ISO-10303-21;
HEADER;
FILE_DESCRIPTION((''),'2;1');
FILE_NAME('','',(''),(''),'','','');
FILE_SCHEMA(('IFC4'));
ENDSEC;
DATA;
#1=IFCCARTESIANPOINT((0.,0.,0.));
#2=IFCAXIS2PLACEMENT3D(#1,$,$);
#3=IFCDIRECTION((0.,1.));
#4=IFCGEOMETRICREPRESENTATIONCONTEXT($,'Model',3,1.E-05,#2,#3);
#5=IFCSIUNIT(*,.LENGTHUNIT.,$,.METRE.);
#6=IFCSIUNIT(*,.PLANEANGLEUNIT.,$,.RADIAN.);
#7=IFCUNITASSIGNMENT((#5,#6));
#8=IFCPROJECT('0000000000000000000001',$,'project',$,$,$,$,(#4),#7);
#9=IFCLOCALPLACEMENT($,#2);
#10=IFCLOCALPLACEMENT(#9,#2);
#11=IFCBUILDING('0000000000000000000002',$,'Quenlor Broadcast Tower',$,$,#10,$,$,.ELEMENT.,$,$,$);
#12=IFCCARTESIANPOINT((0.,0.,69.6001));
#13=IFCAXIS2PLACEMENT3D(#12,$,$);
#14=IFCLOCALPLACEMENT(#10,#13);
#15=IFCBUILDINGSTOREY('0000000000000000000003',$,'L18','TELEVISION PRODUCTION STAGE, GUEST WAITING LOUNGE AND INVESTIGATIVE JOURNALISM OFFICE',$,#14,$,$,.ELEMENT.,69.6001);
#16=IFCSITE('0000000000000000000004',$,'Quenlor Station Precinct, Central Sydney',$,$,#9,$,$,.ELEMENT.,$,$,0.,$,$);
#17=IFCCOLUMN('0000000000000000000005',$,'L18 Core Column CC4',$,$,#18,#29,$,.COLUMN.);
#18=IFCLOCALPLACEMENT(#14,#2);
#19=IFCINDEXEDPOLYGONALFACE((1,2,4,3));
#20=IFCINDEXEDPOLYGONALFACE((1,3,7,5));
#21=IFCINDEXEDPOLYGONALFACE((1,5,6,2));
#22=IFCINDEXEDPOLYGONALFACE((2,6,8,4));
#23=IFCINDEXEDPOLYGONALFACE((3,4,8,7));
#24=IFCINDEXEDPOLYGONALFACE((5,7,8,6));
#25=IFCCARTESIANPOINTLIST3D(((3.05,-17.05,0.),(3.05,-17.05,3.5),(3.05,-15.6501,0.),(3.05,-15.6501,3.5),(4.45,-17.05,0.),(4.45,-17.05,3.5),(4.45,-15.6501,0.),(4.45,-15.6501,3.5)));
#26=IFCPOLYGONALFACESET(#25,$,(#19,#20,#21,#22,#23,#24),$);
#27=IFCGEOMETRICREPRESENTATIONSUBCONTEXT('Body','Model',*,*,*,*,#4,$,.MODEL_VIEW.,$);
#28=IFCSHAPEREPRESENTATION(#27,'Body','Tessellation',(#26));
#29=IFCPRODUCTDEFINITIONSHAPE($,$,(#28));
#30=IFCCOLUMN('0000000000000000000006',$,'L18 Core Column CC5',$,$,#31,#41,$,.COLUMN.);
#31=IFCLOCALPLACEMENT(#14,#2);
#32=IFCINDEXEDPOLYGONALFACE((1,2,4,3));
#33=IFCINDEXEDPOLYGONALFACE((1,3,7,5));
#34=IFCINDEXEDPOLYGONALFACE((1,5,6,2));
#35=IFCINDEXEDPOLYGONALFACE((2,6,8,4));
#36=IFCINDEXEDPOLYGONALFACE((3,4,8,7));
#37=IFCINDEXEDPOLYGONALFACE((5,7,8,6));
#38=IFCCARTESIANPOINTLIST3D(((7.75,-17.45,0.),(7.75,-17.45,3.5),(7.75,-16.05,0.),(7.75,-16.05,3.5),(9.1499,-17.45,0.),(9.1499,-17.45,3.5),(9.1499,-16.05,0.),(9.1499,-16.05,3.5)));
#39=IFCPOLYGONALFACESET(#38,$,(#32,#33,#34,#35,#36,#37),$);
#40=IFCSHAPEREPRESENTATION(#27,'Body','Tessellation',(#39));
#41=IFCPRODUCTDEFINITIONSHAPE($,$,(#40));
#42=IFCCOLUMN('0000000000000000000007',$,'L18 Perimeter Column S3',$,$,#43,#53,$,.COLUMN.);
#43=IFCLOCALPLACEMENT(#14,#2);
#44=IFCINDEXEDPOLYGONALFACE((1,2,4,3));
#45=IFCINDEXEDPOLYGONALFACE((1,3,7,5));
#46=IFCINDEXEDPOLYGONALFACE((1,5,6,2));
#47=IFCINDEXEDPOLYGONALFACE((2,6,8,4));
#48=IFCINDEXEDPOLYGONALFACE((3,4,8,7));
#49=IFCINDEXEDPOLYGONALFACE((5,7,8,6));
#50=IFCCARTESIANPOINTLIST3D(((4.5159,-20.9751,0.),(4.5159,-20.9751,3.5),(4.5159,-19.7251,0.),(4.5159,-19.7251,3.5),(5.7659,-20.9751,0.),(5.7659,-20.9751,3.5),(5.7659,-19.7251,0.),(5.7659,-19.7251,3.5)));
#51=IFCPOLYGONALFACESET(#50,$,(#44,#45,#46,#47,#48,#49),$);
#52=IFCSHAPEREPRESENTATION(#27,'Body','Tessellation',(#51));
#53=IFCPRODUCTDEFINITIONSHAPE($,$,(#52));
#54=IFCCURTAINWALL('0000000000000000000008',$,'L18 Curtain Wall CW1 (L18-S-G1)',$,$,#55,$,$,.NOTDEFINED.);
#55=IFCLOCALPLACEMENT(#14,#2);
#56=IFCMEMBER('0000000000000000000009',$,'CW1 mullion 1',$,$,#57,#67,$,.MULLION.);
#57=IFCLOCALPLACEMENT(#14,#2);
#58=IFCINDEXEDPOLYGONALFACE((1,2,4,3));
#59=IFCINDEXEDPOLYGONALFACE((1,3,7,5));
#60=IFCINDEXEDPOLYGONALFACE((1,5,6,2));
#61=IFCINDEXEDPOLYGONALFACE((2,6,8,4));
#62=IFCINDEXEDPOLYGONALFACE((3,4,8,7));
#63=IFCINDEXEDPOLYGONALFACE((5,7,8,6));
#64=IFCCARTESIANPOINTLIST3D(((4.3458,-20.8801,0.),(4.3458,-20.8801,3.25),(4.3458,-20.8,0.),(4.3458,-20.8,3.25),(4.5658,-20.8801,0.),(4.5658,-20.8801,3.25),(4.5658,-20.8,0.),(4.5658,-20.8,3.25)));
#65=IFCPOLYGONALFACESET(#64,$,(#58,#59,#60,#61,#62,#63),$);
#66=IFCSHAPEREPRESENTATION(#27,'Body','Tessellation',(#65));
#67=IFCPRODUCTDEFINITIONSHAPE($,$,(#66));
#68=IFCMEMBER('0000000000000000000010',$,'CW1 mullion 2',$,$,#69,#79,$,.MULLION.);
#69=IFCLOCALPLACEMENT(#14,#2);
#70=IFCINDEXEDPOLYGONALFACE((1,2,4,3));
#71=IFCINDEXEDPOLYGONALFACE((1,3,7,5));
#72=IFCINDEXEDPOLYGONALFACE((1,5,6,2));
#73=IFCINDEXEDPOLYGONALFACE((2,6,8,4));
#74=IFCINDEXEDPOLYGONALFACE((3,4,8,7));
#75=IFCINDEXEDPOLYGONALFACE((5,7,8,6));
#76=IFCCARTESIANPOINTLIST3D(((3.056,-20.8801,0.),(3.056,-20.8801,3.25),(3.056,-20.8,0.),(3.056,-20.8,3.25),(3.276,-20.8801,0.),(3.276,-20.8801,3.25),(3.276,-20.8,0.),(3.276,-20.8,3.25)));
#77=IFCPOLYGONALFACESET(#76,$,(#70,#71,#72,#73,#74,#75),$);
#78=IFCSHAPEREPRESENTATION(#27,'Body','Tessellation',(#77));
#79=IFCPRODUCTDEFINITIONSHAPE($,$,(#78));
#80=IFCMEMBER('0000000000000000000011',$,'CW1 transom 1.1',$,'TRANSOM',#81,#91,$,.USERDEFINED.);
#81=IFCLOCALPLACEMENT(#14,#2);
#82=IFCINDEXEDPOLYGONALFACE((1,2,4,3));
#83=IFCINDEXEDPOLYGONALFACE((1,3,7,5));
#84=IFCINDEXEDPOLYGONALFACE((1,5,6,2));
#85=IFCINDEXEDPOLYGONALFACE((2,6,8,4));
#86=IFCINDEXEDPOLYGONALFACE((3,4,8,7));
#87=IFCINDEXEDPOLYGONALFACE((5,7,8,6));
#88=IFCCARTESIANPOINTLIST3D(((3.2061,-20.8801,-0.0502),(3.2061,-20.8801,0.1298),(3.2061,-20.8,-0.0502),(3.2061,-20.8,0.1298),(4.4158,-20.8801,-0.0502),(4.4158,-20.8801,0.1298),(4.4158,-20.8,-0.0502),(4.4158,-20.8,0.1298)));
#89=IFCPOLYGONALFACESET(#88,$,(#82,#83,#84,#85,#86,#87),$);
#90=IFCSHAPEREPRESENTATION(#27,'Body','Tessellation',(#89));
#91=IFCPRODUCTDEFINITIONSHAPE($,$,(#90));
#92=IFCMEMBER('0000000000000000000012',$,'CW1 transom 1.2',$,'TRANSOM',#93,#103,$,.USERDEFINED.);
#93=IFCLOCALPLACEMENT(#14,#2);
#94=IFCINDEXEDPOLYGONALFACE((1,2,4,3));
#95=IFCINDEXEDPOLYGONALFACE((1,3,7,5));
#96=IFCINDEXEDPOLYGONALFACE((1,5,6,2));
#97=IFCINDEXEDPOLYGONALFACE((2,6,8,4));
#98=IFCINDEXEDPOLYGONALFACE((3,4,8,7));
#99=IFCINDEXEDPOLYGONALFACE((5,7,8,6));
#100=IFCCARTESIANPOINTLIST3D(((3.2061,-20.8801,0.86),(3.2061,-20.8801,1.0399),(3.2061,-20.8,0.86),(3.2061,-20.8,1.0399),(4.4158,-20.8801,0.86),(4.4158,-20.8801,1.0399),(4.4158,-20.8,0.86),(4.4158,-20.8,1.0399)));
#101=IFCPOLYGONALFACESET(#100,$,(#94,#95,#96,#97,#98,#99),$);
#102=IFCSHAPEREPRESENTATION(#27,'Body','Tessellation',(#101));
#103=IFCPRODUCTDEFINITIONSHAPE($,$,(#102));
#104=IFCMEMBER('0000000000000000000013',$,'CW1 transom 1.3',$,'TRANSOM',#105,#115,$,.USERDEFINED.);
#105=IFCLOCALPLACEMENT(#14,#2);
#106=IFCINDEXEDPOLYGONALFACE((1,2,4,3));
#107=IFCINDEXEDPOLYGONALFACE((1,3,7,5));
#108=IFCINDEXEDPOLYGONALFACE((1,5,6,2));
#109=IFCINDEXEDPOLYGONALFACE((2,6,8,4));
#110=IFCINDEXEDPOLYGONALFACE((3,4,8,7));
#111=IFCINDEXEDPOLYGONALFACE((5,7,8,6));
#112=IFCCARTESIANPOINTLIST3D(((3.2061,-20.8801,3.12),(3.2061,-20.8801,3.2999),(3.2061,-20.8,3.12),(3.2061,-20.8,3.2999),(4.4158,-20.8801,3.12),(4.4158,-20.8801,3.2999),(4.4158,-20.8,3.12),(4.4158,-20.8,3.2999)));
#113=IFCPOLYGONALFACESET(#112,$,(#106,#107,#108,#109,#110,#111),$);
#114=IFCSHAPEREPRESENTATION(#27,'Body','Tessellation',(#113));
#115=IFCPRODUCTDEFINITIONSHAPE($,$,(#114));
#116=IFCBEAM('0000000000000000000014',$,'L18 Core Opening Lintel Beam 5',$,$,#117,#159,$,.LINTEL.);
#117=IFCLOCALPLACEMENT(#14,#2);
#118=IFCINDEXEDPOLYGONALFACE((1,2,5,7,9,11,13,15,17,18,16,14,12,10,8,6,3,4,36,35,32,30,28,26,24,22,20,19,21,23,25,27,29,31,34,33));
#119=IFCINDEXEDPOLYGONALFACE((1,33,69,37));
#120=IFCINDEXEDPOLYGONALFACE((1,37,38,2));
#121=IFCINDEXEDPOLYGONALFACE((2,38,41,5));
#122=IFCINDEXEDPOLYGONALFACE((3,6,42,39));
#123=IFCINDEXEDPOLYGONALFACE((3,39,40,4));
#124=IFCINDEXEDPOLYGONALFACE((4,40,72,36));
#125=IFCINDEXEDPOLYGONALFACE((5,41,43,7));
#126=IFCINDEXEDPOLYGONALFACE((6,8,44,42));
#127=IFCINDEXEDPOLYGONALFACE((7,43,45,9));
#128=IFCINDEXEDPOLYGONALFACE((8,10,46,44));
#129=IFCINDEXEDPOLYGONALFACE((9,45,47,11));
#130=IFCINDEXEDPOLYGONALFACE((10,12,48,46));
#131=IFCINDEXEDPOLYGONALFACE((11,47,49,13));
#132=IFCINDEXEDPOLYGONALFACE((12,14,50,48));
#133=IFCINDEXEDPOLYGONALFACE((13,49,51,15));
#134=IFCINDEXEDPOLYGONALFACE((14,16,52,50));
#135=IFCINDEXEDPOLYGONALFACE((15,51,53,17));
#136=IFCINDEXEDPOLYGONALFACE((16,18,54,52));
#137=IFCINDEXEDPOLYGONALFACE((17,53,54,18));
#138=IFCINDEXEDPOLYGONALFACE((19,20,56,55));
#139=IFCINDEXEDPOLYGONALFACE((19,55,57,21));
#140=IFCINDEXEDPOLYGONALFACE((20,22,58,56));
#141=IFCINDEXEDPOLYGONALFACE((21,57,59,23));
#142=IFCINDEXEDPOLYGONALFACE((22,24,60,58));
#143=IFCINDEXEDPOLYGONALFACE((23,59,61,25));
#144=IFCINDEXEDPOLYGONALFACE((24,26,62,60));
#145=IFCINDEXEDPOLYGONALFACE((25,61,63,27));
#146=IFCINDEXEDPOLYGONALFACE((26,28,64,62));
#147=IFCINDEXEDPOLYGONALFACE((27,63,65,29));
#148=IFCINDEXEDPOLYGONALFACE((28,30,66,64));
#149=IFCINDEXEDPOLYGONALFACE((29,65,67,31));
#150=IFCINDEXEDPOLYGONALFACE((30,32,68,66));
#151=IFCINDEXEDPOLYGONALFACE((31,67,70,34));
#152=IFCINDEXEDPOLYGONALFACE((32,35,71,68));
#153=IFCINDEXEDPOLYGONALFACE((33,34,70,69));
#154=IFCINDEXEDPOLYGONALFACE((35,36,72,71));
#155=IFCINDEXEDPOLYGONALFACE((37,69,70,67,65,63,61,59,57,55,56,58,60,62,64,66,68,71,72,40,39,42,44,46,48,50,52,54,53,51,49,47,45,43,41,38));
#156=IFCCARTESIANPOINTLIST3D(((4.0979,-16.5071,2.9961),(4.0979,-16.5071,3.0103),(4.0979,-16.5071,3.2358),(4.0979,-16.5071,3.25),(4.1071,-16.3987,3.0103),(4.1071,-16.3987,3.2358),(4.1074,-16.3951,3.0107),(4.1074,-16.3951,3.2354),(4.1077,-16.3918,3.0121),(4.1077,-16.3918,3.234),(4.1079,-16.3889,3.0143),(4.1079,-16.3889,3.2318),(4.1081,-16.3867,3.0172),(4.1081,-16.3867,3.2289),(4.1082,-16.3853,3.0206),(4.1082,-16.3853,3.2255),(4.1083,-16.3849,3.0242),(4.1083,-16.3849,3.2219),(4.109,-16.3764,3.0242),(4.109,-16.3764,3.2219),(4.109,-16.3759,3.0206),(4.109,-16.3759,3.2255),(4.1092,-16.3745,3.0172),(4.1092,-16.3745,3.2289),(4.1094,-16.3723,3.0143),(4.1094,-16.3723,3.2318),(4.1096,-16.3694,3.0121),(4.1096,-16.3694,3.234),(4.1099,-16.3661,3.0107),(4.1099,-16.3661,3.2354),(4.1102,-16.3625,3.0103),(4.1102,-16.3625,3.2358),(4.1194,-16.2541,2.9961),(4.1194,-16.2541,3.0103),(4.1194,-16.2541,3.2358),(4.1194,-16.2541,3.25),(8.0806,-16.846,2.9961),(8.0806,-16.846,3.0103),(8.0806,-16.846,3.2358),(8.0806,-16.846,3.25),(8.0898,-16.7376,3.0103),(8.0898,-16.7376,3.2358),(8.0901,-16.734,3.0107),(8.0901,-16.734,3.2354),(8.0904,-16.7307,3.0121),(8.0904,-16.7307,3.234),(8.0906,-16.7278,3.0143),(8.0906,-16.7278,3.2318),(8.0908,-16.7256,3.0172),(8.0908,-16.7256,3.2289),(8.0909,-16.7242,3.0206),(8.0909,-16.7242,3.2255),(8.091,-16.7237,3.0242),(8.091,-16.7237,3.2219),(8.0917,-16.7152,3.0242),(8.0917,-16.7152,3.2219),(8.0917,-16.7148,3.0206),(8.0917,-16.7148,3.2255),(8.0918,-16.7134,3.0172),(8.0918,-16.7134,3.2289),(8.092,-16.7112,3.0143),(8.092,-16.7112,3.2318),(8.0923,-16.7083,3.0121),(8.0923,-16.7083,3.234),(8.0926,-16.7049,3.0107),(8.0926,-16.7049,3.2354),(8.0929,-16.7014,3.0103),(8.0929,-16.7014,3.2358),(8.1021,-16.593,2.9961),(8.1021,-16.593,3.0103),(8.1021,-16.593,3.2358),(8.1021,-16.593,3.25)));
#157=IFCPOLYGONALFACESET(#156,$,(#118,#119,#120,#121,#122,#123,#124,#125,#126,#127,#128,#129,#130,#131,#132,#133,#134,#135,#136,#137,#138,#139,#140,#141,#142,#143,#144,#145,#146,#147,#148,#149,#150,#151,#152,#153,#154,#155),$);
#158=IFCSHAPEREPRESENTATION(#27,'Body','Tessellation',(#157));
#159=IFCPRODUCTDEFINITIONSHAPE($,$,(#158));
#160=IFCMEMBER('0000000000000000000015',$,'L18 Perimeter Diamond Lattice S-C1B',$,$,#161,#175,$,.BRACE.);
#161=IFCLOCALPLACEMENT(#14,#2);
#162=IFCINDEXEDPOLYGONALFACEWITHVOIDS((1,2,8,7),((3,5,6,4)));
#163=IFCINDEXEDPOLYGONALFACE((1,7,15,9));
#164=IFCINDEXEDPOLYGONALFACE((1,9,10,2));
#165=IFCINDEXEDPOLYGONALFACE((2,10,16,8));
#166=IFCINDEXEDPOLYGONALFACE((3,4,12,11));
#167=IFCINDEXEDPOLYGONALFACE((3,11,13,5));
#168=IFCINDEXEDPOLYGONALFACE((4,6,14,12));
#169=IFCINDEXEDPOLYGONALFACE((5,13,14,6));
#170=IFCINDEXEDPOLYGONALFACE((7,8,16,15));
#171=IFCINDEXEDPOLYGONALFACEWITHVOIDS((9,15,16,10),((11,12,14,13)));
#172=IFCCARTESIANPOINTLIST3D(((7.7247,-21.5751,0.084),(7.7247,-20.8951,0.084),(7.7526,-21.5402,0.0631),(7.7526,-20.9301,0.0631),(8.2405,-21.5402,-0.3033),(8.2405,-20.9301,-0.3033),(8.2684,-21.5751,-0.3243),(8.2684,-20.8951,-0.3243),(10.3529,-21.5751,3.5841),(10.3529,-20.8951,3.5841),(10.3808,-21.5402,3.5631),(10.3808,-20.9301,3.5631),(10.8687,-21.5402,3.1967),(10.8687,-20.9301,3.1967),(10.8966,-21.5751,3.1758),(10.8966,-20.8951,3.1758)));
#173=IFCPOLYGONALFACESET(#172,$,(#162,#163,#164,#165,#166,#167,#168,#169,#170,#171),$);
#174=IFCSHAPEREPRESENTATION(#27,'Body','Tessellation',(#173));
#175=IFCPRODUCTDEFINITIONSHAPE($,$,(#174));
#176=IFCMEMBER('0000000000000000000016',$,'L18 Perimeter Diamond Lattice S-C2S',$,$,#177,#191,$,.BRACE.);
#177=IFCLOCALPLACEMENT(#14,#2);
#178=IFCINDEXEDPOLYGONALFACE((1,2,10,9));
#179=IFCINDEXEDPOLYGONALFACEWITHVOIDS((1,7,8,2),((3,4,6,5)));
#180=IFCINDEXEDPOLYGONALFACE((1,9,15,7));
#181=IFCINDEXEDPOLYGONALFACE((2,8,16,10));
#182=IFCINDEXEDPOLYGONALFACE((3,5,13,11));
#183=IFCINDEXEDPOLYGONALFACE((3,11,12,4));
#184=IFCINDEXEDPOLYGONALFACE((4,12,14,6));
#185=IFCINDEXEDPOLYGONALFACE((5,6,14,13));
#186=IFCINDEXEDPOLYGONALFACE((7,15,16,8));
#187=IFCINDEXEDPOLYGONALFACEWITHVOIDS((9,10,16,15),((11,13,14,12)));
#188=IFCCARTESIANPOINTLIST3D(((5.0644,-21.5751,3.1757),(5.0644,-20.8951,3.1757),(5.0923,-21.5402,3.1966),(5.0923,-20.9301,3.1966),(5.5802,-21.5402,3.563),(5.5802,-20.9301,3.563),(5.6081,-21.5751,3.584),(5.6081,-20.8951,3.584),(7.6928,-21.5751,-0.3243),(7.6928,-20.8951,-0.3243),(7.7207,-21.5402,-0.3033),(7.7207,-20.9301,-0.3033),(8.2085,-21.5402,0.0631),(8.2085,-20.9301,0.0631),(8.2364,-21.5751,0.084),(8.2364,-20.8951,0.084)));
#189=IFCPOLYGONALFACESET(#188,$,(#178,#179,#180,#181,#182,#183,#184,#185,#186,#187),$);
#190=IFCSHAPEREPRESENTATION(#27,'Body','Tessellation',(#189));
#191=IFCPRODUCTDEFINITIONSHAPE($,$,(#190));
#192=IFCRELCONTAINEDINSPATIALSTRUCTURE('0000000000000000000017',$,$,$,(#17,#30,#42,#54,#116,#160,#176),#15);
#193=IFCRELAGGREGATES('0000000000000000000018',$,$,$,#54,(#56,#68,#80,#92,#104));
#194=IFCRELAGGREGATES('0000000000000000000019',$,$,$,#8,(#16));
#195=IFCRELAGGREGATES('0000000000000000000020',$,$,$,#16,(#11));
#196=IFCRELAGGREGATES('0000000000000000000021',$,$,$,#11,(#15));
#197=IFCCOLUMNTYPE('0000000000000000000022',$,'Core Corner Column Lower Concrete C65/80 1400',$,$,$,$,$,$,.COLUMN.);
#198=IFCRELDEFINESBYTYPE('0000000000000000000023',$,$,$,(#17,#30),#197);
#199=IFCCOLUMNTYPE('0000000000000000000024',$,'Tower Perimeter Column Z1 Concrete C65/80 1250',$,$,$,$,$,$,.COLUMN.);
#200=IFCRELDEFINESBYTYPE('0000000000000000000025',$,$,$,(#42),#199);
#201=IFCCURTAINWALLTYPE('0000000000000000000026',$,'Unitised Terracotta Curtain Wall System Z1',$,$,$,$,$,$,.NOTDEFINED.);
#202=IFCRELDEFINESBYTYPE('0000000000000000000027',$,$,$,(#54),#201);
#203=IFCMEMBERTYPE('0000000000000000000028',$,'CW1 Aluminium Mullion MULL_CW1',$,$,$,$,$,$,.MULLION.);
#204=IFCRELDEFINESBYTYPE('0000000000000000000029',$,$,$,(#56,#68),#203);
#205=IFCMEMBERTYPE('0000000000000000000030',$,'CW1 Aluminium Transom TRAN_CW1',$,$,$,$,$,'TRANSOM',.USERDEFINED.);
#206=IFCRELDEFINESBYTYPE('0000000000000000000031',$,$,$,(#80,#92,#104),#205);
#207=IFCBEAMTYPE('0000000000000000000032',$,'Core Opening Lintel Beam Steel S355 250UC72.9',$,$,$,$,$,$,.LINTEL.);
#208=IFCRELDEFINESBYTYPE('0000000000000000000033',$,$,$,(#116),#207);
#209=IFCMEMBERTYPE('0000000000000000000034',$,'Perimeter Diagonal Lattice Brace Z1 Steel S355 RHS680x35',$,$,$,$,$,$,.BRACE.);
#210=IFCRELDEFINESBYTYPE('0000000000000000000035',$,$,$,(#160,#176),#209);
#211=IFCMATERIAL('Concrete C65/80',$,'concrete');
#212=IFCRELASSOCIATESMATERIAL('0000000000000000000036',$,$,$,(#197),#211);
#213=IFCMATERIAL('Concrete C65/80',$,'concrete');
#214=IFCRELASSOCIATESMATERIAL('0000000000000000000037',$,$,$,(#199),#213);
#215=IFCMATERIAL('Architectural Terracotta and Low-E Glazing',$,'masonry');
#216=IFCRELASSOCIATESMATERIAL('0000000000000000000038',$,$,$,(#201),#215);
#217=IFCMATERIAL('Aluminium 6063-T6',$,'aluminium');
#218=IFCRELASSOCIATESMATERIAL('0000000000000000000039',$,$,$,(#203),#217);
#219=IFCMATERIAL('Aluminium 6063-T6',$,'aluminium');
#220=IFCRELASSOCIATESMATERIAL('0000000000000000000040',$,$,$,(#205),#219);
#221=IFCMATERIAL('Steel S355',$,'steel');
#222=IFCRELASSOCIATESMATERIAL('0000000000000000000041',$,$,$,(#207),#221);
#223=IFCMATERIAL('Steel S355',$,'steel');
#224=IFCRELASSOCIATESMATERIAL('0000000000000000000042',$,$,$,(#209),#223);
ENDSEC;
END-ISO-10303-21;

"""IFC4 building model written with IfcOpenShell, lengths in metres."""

from ifc_helpers import new_model, si_unit, direction, frame, origin, origin_2d, place, context, subcontext, project, spatial, rectangle, hollow_rectangle, i_section, extrude, material, material_profile, profile_set, type_object, element, aggregate, save


model = new_model("IFC4")

# Units and contexts
model_context = context("Model", 3, precision=1e-05, world=origin(), true_north=direction((0.0, 1.0)))
body_context = subcontext(model_context, "Body", "Model", "MODEL_VIEW")
ifc_project = project(units=[si_unit("LENGTHUNIT", "METRE"), si_unit("PLANEANGLEUNIT", "RADIAN")], contexts=[model_context])

# Site, building, storey
site_placement = place(None, origin())
site = spatial("IfcSite", under=ifc_project, at=site_placement, Name="Quenlor Station Precinct, Central Sydney", CompositionType="ELEMENT", RefElevation=0.0)
building_placement = place(site_placement, origin())
building = spatial("IfcBuilding", under=site, at=building_placement, Name="Quenlor Broadcast Tower", CompositionType="ELEMENT")
storey_placement = place(building_placement, frame((0.0, 0.0, 69.6001)))
storey = spatial("IfcBuildingStorey", under=building, at=storey_placement, Name="L18", Description="TELEVISION PRODUCTION STAGE, GUEST WAITING LOUNGE AND INVESTIGATIVE JOURNALISM OFFICE", CompositionType="ELEMENT", Elevation=69.6001)

# Columns
ifc_material_1 = material(Name="Concrete C65/80", Category="concrete")
ifc_material_profile_1 = material_profile(ifc_material_1, rectangle(XDim=1.3999, YDim=1.3999, at=origin_2d()))
ifc_profile_set_1 = profile_set([ifc_material_profile_1], Name="Concrete C65/80 RC1400x1400")
column_type_1 = type_object("IfcColumnType", Name="Core Corner Column Lower Concrete C65/80 1400", PredefinedType="COLUMN", material=ifc_profile_set_1)
for number, where, z_axis, x_axis, name in (
    (1, (3.75, -16.3501, 0.0), (0.0, 0.0, 1.0), (1.0, 0.0, 0.0), "L18 Core Column CC4"),
    (2, (8.45, -16.75, 0.0), (0.0, 0.0, 1.0), (1.0, 0.0, 0.0), "L18 Core Column CC5"),
):
    element("IfcColumn", number, at=place(storey_placement, frame(where, z_axis=z_axis, x_axis=x_axis)), inside=storey, type_object=column_type_1, Name=name, PredefinedType="COLUMN", context=body_context, shape_type="SweptSolid", body=[
        extrude(rectangle(XDim=1.3999, YDim=1.3999, at=origin_2d()), origin(), (0.0, 0.0, 1.0), 3.5),
    ])
ifc_material_2 = material(Name="Concrete C65/80", Category="concrete")
ifc_material_profile_2 = material_profile(ifc_material_2, rectangle(XDim=1.25, YDim=1.25, at=origin_2d()))
ifc_profile_set_2 = profile_set([ifc_material_profile_2], Name="Concrete C65/80 RC1250x1250")
column_type_2 = type_object("IfcColumnType", Name="Tower Perimeter Column Z1 Concrete C65/80 1250", PredefinedType="COLUMN", material=ifc_profile_set_2)
column_placement = place(storey_placement, frame((5.1409, -20.3501, 0.0), z_axis=(0.0, 0.0, 1.0), x_axis=(0.0, 1.0, 0.0)))
element("IfcColumn", 3, at=column_placement, inside=storey, type_object=column_type_2, Name="L18 Perimeter Column S3", PredefinedType="COLUMN", context=body_context, shape_type="SweptSolid", body=[
    extrude(rectangle(XDim=1.25, YDim=1.25, at=origin_2d()), origin(), (0.0, 0.0, 1.0), 3.5),
])

# Curtain wall, members
ifc_material_3 = material(Name="Architectural Terracotta and Low-E Glazing", Category="masonry")
curtain_wall_type = type_object("IfcCurtainWallType", Name="Unitised Terracotta Curtain Wall System Z1", PredefinedType="NOTDEFINED", material=ifc_material_3)
curtain_wall_placement = place(storey_placement, origin())
curtain_wall = element("IfcCurtainWall", 4, at=curtain_wall_placement, inside=storey, type_object=curtain_wall_type, Name="L18 Curtain Wall CW1 (L18-S-G1)", PredefinedType="NOTDEFINED")
ifc_material_4 = material(Name="Aluminium 6063-T6", Category="aluminium")
ifc_material_profile_3 = material_profile(ifc_material_4, rectangle(XDim=0.0801, YDim=0.22, at=origin_2d()))
ifc_profile_set_3 = profile_set([ifc_material_profile_3], Name="Aluminium 6063-T6 MULL80x220")
member_type_1 = type_object("IfcMemberType", Name="CW1 Aluminium Mullion MULL_CW1", PredefinedType="MULLION", material=ifc_profile_set_3)
member_1_placement = place(storey_placement, frame((4.4558, -20.8401, 0.0), z_axis=(0.0, 0.0, 1.0), x_axis=(0.0, -1.0, 0.0)))
member_1 = element("IfcMember", 5, at=member_1_placement, type_object=member_type_1, Name="CW1 mullion 1", PredefinedType="MULLION", context=body_context, shape_type="SweptSolid", body=[
    extrude(rectangle(XDim=0.0801, YDim=0.22, at=origin_2d()), origin(), (0.0, 0.0, 1.0), 3.25),
])
member_2_placement = place(storey_placement, frame((3.166, -20.8401, 0.0), z_axis=(0.0, 0.0, 1.0), x_axis=(0.0, -1.0, 0.0)))
member_2 = element("IfcMember", 6, at=member_2_placement, type_object=member_type_1, Name="CW1 mullion 2", PredefinedType="MULLION", context=body_context, shape_type="SweptSolid", body=[
    extrude(rectangle(XDim=0.0801, YDim=0.22, at=origin_2d()), origin(), (0.0, 0.0, 1.0), 3.25),
])
ifc_material_5 = material(Name="Aluminium 6063-T6", Category="aluminium")
ifc_material_profile_4 = material_profile(ifc_material_5, rectangle(XDim=0.0801, YDim=0.1799, at=origin_2d()))
ifc_profile_set_4 = profile_set([ifc_material_profile_4], Name="Aluminium 6063-T6 TRAN80x180")
member_type_2 = type_object("IfcMemberType", Name="CW1 Aluminium Transom TRAN_CW1", ElementType="TRANSOM", PredefinedType="USERDEFINED", material=ifc_profile_set_4)
member_3_placement = place(storey_placement, frame((4.4158, -20.8401, 0.0398), z_axis=(-1.0, 0.0, 0.0), x_axis=(0.0, -1.0, 0.0)))
member_3 = element("IfcMember", 7, at=member_3_placement, type_object=member_type_2, Name="CW1 transom 1.1", ObjectType="TRANSOM", PredefinedType="USERDEFINED", context=body_context, shape_type="SweptSolid", body=[
    extrude(rectangle(XDim=0.0801, YDim=0.1799, at=origin_2d()), origin(), (0.0, 0.0, 1.0), 1.2097),
])
member_4_placement = place(storey_placement, frame((4.4158, -20.8401, 0.95), z_axis=(-1.0, 0.0, 0.0), x_axis=(0.0, -1.0, 0.0)))
member_4 = element("IfcMember", 8, at=member_4_placement, type_object=member_type_2, Name="CW1 transom 1.2", ObjectType="TRANSOM", PredefinedType="USERDEFINED", context=body_context, shape_type="SweptSolid", body=[
    extrude(rectangle(XDim=0.0801, YDim=0.1799, at=origin_2d()), origin(), (0.0, 0.0, 1.0), 1.2097),
])
member_5_placement = place(storey_placement, frame((4.4158, -20.8401, 3.21), z_axis=(-1.0, 0.0, 0.0), x_axis=(0.0, -1.0, 0.0)))
member_5 = element("IfcMember", 9, at=member_5_placement, type_object=member_type_2, Name="CW1 transom 1.3", ObjectType="TRANSOM", PredefinedType="USERDEFINED", context=body_context, shape_type="SweptSolid", body=[
    extrude(rectangle(XDim=0.0801, YDim=0.1799, at=origin_2d()), origin(), (0.0, 0.0, 1.0), 1.2097),
])

# Beam
ifc_material_6 = material(Name="Steel S355", Category="steel")
ifc_material_profile_5 = material_profile(ifc_material_6, i_section(OverallWidth=0.2539, OverallDepth=0.2539, WebThickness=0.0085, FlangeThickness=0.0142, FilletRadius=0.0139, at=origin_2d()))
ifc_profile_set_5 = profile_set([ifc_material_profile_5], Name="Steel S355 250UC72.9")
beam_type_1 = type_object("IfcBeamType", Name="Core Opening Lintel Beam Steel S355 250UC72.9", PredefinedType="LINTEL", material=ifc_profile_set_5)
beam_1_placement = place(storey_placement, frame((4.1086, -16.3806, 3.123), z_axis=(0.9964, -0.084779, 0.0), x_axis=(0.084779, 0.9964, 0.0)))
element("IfcBeam", 10, at=beam_1_placement, inside=storey, type_object=beam_type_1, Name="L18 Core Opening Lintel Beam 5", PredefinedType="LINTEL", context=body_context, shape_type="SweptSolid", body=[
    extrude(i_section(OverallWidth=0.2539, OverallDepth=0.2539, WebThickness=0.0085, FlangeThickness=0.0142, FilletRadius=0.0139, at=origin_2d()), origin(), (0.0, 0.0, 1.0), 3.9971),
])

# Members
ifc_material_7 = material(Name="Steel S355", Category="steel")
ifc_material_profile_6 = material_profile(ifc_material_7, hollow_rectangle(XDim=0.6799, YDim=0.6799, WallThickness=0.0349, at=origin_2d()))
ifc_profile_set_6 = profile_set([ifc_material_profile_6], Name="Steel S355 RHS680x680x35")
member_type_3 = type_object("IfcMemberType", Name="Perimeter Diagonal Lattice Brace Z1 Steel S355 RHS680x35", PredefinedType="BRACE", material=ifc_profile_set_6)
for number, where, z_axis, x_axis, name in (
    (11, (7.9966, -21.2351, -0.1201), (0.600464, 0.0, 0.799652), (0.0, 1.0, 0.0), "L18 Perimeter Diamond Lattice S-C1B"),
    (12, (7.9646, -21.2351, -0.1201), (-0.6005, 0.0, 0.799625), (0.0, -1.0, 0.0), "L18 Perimeter Diamond Lattice S-C2S"),
):
    element("IfcMember", number, at=place(storey_placement, frame(where, z_axis=z_axis, x_axis=x_axis)), inside=storey, type_object=member_type_3, Name=name, PredefinedType="BRACE", context=body_context, shape_type="SweptSolid", body=[
        extrude(hollow_rectangle(XDim=0.6799, YDim=0.6799, WallThickness=0.0349, at=origin_2d()), origin(), (0.0, 0.0, 1.0), 4.377),
    ])

aggregate(curtain_wall, [member_1, member_2, member_3, member_4, member_5])

save(model, "model.ifc")
